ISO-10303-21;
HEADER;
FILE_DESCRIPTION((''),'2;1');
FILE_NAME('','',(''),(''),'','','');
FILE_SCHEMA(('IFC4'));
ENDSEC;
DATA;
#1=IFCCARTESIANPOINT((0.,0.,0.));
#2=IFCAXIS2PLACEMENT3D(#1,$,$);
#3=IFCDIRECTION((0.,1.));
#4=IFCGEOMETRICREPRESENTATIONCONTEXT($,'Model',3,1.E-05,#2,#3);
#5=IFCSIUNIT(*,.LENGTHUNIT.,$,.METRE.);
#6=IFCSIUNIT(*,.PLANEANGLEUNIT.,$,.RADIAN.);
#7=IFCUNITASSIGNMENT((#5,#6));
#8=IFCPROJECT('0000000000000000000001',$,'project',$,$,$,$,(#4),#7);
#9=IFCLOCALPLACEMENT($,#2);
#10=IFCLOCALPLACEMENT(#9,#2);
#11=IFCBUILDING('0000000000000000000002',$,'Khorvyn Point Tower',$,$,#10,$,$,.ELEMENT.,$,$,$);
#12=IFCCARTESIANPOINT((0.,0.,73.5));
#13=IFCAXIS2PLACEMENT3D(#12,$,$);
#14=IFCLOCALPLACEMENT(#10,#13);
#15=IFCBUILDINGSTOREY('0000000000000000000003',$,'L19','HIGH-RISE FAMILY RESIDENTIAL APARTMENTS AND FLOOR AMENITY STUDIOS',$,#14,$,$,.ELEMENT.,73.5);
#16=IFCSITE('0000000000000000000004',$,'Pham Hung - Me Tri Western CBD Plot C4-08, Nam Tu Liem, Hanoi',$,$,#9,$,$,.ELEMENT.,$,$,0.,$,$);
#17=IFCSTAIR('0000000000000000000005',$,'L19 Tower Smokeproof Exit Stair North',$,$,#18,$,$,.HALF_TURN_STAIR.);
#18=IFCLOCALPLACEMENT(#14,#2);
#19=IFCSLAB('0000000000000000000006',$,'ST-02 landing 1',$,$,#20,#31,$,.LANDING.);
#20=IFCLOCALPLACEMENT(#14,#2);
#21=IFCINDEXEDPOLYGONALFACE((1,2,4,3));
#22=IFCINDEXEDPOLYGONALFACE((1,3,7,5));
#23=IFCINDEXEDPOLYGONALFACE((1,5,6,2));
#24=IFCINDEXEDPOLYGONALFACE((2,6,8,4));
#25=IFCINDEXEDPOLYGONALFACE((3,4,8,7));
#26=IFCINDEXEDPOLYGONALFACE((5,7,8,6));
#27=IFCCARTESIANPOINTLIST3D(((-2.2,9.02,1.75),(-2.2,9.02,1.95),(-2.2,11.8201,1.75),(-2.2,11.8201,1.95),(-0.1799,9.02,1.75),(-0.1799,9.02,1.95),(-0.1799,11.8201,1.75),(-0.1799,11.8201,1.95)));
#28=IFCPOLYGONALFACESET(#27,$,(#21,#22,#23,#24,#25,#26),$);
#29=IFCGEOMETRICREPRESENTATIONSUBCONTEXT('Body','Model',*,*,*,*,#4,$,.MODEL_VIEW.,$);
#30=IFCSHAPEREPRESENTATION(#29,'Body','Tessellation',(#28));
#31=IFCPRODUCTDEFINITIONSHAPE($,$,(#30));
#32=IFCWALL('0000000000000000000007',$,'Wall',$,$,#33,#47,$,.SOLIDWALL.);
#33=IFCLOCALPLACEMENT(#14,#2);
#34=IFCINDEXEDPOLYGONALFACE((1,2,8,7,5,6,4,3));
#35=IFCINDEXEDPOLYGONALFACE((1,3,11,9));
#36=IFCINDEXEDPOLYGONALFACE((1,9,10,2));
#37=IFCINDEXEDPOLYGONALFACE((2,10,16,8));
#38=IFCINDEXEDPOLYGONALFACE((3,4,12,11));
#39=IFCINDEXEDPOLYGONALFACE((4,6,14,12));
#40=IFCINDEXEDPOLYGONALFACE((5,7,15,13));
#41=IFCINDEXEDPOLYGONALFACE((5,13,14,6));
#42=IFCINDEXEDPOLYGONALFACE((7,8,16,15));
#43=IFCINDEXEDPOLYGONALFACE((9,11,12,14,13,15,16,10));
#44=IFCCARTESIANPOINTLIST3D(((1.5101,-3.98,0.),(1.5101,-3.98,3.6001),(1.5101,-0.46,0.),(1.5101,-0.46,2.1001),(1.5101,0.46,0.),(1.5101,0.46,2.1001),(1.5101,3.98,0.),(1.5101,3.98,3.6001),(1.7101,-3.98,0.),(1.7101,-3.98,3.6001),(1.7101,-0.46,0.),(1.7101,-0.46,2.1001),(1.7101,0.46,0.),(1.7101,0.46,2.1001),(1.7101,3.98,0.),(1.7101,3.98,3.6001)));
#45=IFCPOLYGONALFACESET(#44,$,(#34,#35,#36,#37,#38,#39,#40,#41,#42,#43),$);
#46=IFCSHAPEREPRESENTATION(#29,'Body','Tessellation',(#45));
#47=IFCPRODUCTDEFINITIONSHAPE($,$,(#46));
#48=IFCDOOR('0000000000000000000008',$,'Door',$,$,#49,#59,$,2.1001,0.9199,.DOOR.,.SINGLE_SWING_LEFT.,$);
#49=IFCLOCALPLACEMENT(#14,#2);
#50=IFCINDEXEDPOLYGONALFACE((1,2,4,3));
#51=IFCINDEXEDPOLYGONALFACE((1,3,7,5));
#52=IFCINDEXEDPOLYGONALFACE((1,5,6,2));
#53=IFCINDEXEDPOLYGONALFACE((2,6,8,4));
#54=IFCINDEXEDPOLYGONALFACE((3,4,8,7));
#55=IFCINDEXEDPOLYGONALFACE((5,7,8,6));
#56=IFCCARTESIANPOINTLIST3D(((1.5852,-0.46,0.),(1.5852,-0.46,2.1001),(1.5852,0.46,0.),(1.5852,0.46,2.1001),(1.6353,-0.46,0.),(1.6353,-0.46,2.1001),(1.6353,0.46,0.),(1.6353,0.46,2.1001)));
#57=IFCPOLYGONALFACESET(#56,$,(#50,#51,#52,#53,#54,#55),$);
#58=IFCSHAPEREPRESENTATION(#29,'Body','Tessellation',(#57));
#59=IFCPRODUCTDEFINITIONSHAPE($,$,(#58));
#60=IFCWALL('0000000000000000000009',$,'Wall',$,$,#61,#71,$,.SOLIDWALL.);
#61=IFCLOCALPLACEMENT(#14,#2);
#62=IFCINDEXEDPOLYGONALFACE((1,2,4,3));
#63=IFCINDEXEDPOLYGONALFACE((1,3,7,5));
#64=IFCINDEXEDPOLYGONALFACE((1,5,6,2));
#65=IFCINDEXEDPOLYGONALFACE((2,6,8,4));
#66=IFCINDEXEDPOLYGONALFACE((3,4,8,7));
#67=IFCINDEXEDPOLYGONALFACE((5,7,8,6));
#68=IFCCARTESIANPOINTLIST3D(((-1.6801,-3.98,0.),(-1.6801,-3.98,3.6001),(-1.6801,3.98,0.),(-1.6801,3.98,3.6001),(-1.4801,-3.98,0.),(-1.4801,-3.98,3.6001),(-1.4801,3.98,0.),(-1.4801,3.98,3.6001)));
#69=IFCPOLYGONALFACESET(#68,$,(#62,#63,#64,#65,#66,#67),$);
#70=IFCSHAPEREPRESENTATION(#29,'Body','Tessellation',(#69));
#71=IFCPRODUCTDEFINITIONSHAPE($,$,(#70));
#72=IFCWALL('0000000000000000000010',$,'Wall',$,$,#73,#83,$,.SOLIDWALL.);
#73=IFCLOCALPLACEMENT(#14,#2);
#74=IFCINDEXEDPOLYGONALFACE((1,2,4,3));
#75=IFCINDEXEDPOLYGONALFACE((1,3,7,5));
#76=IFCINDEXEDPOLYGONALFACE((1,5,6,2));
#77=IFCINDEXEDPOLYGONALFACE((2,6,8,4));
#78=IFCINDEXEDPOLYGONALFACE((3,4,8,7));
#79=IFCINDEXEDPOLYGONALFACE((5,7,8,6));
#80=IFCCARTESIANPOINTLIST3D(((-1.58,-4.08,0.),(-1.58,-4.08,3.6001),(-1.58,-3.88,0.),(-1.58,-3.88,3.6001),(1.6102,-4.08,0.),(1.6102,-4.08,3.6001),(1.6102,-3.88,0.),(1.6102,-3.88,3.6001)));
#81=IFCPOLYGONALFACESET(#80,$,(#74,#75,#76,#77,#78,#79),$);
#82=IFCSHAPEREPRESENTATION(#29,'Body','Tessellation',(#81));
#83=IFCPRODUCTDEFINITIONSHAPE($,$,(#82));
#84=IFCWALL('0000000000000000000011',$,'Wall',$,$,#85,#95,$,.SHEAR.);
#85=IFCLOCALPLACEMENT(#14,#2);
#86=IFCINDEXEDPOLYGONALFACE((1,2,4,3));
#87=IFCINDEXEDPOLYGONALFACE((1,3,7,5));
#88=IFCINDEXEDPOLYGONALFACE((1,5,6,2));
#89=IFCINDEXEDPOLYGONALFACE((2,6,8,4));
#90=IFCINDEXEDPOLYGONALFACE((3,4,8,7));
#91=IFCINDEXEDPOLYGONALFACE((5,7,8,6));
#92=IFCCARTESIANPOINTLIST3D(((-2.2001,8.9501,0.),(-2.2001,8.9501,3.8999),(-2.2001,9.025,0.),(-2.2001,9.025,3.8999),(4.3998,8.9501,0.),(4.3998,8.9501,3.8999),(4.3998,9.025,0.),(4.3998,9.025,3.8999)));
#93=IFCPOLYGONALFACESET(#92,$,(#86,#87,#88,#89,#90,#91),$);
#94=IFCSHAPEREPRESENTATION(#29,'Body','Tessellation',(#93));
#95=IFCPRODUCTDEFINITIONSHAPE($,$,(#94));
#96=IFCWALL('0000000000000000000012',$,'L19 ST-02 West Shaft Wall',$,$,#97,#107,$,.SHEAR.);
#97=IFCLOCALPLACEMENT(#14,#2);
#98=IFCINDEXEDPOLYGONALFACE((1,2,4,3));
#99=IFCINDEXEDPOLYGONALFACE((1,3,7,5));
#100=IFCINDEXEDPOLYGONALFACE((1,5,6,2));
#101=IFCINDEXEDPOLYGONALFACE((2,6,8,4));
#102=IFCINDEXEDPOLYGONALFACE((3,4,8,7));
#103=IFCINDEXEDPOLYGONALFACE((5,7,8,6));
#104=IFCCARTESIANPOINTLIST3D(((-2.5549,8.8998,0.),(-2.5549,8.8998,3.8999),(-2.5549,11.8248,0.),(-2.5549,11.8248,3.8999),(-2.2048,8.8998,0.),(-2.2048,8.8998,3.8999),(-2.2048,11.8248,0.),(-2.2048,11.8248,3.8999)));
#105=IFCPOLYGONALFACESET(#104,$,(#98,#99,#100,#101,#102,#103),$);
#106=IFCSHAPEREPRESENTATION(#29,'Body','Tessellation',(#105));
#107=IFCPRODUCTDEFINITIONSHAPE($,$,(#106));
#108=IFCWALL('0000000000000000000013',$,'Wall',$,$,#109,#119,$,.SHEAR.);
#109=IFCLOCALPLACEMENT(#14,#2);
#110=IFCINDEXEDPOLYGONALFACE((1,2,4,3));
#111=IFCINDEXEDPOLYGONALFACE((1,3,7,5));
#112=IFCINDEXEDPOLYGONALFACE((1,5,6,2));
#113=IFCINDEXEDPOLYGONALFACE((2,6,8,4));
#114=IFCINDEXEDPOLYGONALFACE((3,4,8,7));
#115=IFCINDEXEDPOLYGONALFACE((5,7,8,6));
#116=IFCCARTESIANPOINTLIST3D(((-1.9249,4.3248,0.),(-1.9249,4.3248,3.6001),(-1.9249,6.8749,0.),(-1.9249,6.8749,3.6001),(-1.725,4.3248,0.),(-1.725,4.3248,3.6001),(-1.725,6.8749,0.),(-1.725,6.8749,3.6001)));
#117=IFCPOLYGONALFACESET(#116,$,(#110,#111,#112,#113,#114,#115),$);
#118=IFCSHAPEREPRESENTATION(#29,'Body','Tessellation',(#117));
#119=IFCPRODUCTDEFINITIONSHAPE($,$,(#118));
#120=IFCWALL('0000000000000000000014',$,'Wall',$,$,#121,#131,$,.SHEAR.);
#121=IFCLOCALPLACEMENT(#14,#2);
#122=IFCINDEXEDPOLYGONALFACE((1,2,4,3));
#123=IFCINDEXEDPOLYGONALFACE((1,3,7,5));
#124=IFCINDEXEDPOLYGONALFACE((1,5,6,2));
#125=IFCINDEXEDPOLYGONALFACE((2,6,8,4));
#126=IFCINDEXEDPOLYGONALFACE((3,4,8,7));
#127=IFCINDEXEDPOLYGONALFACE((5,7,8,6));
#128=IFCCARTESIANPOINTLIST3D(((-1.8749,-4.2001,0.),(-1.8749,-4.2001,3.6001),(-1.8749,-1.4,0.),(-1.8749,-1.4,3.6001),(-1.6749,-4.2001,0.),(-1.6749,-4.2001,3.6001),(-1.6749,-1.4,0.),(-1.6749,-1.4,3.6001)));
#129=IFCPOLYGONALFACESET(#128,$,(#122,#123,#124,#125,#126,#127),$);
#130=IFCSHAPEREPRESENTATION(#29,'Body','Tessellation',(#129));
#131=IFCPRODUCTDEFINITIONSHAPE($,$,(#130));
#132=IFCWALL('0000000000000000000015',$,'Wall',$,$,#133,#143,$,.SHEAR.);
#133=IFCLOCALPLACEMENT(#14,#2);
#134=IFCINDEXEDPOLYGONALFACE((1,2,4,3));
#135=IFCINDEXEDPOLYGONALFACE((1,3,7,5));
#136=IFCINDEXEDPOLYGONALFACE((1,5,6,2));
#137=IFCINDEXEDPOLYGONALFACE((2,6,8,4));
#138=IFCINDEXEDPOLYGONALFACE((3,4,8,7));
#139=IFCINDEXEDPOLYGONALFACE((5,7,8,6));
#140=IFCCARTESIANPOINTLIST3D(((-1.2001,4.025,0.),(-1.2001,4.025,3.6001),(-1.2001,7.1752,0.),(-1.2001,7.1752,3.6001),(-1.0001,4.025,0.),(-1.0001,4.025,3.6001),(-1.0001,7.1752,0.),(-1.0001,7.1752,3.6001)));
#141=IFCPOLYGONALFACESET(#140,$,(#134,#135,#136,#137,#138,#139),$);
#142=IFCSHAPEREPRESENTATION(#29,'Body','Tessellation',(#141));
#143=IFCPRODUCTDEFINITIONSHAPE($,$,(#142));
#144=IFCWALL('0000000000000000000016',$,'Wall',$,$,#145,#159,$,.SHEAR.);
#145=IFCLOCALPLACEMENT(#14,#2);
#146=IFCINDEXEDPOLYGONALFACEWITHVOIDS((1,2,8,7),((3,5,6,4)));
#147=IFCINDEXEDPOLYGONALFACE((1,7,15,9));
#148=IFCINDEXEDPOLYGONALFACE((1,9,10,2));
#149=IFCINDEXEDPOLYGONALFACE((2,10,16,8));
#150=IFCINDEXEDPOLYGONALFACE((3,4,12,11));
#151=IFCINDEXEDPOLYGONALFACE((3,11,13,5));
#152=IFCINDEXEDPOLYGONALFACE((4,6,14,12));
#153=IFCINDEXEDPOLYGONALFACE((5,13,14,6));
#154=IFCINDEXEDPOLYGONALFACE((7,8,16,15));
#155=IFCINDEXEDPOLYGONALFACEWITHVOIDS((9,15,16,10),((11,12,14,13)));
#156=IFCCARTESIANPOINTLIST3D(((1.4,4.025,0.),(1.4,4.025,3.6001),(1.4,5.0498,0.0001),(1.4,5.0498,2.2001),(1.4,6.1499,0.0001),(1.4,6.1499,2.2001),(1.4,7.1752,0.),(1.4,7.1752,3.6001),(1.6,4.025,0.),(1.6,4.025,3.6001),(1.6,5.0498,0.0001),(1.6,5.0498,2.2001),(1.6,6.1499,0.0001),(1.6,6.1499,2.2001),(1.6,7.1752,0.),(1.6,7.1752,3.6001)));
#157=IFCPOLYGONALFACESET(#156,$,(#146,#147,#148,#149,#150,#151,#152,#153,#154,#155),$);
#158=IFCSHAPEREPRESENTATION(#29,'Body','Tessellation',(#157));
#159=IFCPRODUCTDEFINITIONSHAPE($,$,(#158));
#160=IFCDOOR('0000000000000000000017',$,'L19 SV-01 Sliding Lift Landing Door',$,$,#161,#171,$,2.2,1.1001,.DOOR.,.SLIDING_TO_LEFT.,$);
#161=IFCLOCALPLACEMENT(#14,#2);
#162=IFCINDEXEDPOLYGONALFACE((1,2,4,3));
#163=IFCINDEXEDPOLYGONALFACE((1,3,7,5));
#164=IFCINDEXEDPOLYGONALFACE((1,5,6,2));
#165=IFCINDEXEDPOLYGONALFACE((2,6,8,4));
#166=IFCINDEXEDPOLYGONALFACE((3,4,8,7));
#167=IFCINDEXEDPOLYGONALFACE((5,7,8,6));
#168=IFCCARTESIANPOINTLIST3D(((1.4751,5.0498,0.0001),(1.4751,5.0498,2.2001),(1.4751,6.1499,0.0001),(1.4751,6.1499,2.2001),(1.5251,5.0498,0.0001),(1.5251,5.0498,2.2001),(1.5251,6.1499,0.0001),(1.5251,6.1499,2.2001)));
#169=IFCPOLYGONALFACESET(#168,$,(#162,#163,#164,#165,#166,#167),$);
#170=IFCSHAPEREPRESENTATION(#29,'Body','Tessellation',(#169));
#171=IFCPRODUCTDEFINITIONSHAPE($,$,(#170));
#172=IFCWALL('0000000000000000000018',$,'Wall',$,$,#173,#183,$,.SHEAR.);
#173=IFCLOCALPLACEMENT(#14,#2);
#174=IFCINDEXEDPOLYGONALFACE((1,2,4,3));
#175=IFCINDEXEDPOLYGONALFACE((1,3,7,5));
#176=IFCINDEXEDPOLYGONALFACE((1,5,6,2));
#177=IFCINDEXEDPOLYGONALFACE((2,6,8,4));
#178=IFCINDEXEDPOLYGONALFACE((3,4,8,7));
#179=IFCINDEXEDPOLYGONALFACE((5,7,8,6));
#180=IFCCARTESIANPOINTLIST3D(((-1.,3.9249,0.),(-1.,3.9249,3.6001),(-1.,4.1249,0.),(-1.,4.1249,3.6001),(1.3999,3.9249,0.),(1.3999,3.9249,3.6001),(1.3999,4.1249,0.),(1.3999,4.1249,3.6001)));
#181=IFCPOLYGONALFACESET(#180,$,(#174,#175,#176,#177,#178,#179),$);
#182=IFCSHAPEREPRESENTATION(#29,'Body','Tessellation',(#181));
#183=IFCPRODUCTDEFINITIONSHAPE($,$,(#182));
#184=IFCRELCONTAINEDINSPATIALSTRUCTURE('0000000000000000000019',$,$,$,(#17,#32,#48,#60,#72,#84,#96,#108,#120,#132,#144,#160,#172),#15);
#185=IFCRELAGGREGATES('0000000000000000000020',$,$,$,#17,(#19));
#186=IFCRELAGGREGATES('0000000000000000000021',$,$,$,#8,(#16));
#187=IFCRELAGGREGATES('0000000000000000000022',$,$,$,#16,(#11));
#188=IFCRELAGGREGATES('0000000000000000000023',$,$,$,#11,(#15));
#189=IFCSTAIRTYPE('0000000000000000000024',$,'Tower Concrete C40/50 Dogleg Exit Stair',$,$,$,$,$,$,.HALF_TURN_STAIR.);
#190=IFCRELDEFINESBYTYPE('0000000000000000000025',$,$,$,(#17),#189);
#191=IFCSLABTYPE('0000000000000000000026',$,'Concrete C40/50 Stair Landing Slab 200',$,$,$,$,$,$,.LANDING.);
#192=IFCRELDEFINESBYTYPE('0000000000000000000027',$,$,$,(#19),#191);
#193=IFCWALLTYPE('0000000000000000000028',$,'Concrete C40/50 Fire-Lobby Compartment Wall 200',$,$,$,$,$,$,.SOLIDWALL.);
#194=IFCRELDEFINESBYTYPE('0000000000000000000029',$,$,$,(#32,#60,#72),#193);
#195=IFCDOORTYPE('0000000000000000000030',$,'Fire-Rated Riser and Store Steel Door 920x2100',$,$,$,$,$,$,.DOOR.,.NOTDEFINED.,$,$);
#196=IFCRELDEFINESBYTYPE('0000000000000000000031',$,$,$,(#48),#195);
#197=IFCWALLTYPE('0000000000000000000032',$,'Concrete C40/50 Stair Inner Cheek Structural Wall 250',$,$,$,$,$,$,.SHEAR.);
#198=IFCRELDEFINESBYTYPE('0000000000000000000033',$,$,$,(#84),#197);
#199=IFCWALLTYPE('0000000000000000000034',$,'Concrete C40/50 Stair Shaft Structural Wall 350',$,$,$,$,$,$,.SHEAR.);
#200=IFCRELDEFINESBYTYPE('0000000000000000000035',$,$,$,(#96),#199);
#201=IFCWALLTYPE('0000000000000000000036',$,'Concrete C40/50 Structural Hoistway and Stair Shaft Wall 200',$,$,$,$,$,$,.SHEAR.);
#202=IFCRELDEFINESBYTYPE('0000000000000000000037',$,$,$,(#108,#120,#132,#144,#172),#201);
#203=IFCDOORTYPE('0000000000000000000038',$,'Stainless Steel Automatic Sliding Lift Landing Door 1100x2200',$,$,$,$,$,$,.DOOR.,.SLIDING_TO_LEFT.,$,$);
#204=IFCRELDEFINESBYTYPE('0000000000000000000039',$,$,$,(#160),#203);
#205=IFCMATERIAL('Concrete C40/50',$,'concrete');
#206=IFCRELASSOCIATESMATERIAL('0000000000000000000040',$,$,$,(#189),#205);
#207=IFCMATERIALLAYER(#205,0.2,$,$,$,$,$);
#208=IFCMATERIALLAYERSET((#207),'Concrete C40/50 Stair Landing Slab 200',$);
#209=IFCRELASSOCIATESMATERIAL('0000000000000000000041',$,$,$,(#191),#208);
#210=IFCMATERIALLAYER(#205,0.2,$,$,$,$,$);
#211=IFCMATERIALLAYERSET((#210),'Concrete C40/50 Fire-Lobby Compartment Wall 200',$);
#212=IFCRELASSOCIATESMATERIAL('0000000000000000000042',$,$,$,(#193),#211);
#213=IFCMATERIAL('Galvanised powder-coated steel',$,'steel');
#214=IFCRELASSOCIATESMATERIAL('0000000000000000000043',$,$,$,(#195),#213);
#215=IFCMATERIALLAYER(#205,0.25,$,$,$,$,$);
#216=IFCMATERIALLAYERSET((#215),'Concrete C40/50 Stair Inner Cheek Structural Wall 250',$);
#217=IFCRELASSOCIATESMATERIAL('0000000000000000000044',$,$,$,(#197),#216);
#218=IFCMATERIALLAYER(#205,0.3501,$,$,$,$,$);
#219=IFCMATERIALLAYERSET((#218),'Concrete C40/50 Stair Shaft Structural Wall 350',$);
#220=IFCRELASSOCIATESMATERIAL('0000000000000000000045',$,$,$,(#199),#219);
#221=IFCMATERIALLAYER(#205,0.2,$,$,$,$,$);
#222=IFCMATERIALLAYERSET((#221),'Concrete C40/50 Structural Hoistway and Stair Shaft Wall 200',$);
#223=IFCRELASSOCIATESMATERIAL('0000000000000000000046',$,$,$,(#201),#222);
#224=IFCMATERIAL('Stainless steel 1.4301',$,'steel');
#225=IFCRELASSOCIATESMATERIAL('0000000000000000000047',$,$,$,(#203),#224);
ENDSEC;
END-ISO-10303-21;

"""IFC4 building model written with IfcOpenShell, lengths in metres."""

from ifc_helpers import new_model, si_unit, direction, frame, frame_2d, origin, place, context, subcontext, project, spatial, polyline, rectangle, outline, extrude, material, layer, layer_set, type_object, element, fill, aggregate, save


model = new_model("IFC4")

# Units and contexts
model_context = context("Model", 3, precision=1e-05, world=origin(), true_north=direction((0.0, 1.0)))
body_context = subcontext(model_context, "Body", "Model", "MODEL_VIEW")
ifc_project = project(units=[si_unit("LENGTHUNIT", "METRE"), si_unit("PLANEANGLEUNIT", "RADIAN")], contexts=[model_context])

# Site, building, storey
site_placement = place(None, origin())
site = spatial("IfcSite", under=ifc_project, at=site_placement, Name="Pham Hung - Me Tri Western CBD Plot C4-08, Nam Tu Liem, Hanoi", CompositionType="ELEMENT", RefElevation=0.0)
building_placement = place(site_placement, origin())
building = spatial("IfcBuilding", under=site, at=building_placement, Name="Khorvyn Point Tower", CompositionType="ELEMENT")
storey_placement = place(building_placement, frame((0.0, 0.0, 73.5)))
storey = spatial("IfcBuildingStorey", under=building, at=storey_placement, Name="L19", Description="HIGH-RISE FAMILY RESIDENTIAL APARTMENTS AND FLOOR AMENITY STUDIOS", CompositionType="ELEMENT", Elevation=73.5)

# Shared definitions
ifc_material_1 = material(Name="Concrete C40/50", Category="concrete")

# Stair, slab
stair_type = type_object("IfcStairType", Name="Tower Concrete C40/50 Dogleg Exit Stair", PredefinedType="HALF_TURN_STAIR", material=ifc_material_1)
ifc_layer_1 = layer(ifc_material_1, 0.2)
ifc_layer_set_1 = layer_set([ifc_layer_1], Name="Concrete C40/50 Stair Landing Slab 200")
slab_type_1 = type_object("IfcSlabType", Name="Concrete C40/50 Stair Landing Slab 200", PredefinedType="LANDING", material=ifc_layer_set_1)
stair_1_placement = place(storey_placement, origin())
stair_1 = element("IfcStair", 1, at=stair_1_placement, inside=storey, type_object=stair_type, Name="L19 Tower Smokeproof Exit Stair North", PredefinedType="HALF_TURN_STAIR")
slab_1_placement = place(storey_placement, frame((0.0, 0.0, 1.75)))
slab_1 = element("IfcSlab", 2, at=slab_1_placement, type_object=slab_type_1, Name="ST-02 landing 1", PredefinedType="LANDING", context=body_context, shape_type="SweptSolid", body=[
    extrude(outline(polyline([(-0.1799, 11.8201), (-2.2, 11.8201), (-2.2, 9.02), (-0.1799, 9.02), (-0.1799, 11.8201)])), origin(), (0.0, 0.0, 1.0), 0.2),
])

# Wall, opening, door
ifc_layer_2 = layer(ifc_material_1, 0.2)
ifc_layer_set_2 = layer_set([ifc_layer_2], Name="Concrete C40/50 Fire-Lobby Compartment Wall 200")
wall_type_1 = type_object("IfcWallType", Name="Concrete C40/50 Fire-Lobby Compartment Wall 200", PredefinedType="SOLIDWALL", material=ifc_layer_set_2)
wall_1_placement = place(storey_placement, frame((1.6101, -3.98, 0.0), z_axis=(0.0, 0.0, 1.0), x_axis=(0.0, 1.0, 0.0)))
wall_1 = element("IfcWall", 3, at=wall_1_placement, inside=storey, type_object=wall_type_1, Name="Wall", PredefinedType="SOLIDWALL", context=body_context, shape_type="SweptSolid", body=[
    extrude(rectangle(XDim=7.96, YDim=0.2, at=frame_2d((3.98, 0.0))), origin(), (0.0, 0.0, 1.0), 3.6001),
])
opening_1_placement = place(wall_1_placement, frame((3.52, 0.0, 0.0)))
opening_1 = element("IfcOpeningElement", 4, at=opening_1_placement, cuts=wall_1, PredefinedType="OPENING", context=body_context, shape_type="SweptSolid", body=[
    extrude(rectangle(XDim=0.9199, YDim=2.1001, at=frame_2d((0.46, 1.05))), frame((0.0, 0.1099, 0.0), z_axis=(0.0, -1.0, 0.0), x_axis=(1.0, 0.0, 0.0)), (0.0, 0.0, 1.0), 0.22),
])
ifc_material_2 = material(Name="Galvanised powder-coated steel", Category="steel")
door_type_1 = type_object("IfcDoorType", Name="Fire-Rated Riser and Store Steel Door 920x2100", OperationType="NOTDEFINED", PredefinedType="DOOR", material=ifc_material_2)
door_1_placement = place(opening_1_placement, origin())
door_1 = element("IfcDoor", 5, at=door_1_placement, inside=storey, type_object=door_type_1, Name="Door", OperationType="SINGLE_SWING_LEFT", OverallHeight=2.1001, OverallWidth=0.9199, PredefinedType="DOOR", context=body_context, shape_type="SweptSolid", body=[
    extrude(rectangle(XDim=0.9199, YDim=2.1001, at=frame_2d((0.46, 1.05))), frame((0.0, 0.0249, 0.0), z_axis=(0.0, -1.0, 0.0), x_axis=(1.0, 0.0, 0.0)), (0.0, 0.0, 1.0), 0.05),
])
fill(opening_1, door_1)

# Walls
wall_2_placement = place(storey_placement, frame((-1.5801, -3.98, 0.0), z_axis=(0.0, 0.0, 1.0), x_axis=(0.0, 1.0, 0.0)))
element("IfcWall", 6, at=wall_2_placement, inside=storey, type_object=wall_type_1, Name="Wall", PredefinedType="SOLIDWALL", context=body_context, shape_type="SweptSolid", body=[
    extrude(rectangle(XDim=7.96, YDim=0.2, at=frame_2d((3.98, 0.0))), origin(), (0.0, 0.0, 1.0), 3.6001),
])
wall_3_placement = place(storey_placement, frame((-1.5801, -3.98, 0.0), z_axis=(0.0, 0.0, 1.0), x_axis=(1.0, 0.0, 0.0)))
element("IfcWall", 7, at=wall_3_placement, inside=storey, type_object=wall_type_1, Name="Wall", PredefinedType="SOLIDWALL", context=body_context, shape_type="SweptSolid", body=[
    extrude(rectangle(XDim=3.1902, YDim=0.2, at=frame_2d((1.5952, 0.0))), origin(), (0.0, 0.0, 1.0), 3.6001),
])
ifc_layer_3 = layer(ifc_material_1, 0.25)
ifc_layer_set_3 = layer_set([ifc_layer_3], Name="Concrete C40/50 Stair Inner Cheek Structural Wall 250")
wall_type_2 = type_object("IfcWallType", Name="Concrete C40/50 Stair Inner Cheek Structural Wall 250", PredefinedType="SHEAR", material=ifc_layer_set_3)
wall_4_placement = place(storey_placement, frame((-2.2, 8.9875, 0.0), z_axis=(0.0, 0.0, 1.0), x_axis=(1.0, 0.0, 0.0)))
element("IfcWall", 8, at=wall_4_placement, inside=storey, type_object=wall_type_2, Name="Wall", PredefinedType="SHEAR", context=body_context, shape_type="SweptSolid", body=[
    extrude(rectangle(XDim=6.5999, YDim=0.075, at=frame_2d((3.2998, 0.0))), origin(), (0.0, 0.0, 1.0), 3.8999),
])
ifc_layer_4 = layer(ifc_material_1, 0.3501)
ifc_layer_set_4 = layer_set([ifc_layer_4], Name="Concrete C40/50 Stair Shaft Structural Wall 350")
wall_type_3 = type_object("IfcWallType", Name="Concrete C40/50 Stair Shaft Structural Wall 350", PredefinedType="SHEAR", material=ifc_layer_set_4)
wall_5_placement = place(storey_placement, frame((-2.3799, 8.8999, 0.0), z_axis=(0.0, 0.0, 1.0), x_axis=(0.0, 1.0, 0.0)))
element("IfcWall", 9, at=wall_5_placement, inside=storey, type_object=wall_type_3, Name="L19 ST-02 West Shaft Wall", PredefinedType="SHEAR", context=body_context, shape_type="SweptSolid", body=[
    extrude(rectangle(XDim=2.925, YDim=0.3501, at=frame_2d((1.4624, 0.0))), origin(), (0.0, 0.0, 1.0), 3.8999),
])
ifc_layer_5 = layer(ifc_material_1, 0.2)
ifc_layer_set_5 = layer_set([ifc_layer_5], Name="Concrete C40/50 Structural Hoistway and Stair Shaft Wall 200")
wall_type_4 = type_object("IfcWallType", Name="Concrete C40/50 Structural Hoistway and Stair Shaft Wall 200", PredefinedType="SHEAR", material=ifc_layer_set_5)
wall_6_placement = place(storey_placement, frame((-1.825, 4.325, 0.0), z_axis=(0.0, 0.0, 1.0), x_axis=(0.0, 1.0, 0.0)))
element("IfcWall", 10, at=wall_6_placement, inside=storey, type_object=wall_type_4, Name="Wall", PredefinedType="SHEAR", context=body_context, shape_type="SweptSolid", body=[
    extrude(rectangle(XDim=2.55, YDim=0.2, at=frame_2d((1.2749, 0.0))), origin(), (0.0, 0.0, 1.0), 3.6001),
])
wall_7_placement = place(storey_placement, frame((-1.7749, -4.2, 0.0), z_axis=(0.0, 0.0, 1.0), x_axis=(0.0, 1.0, 0.0)))
element("IfcWall", 11, at=wall_7_placement, inside=storey, type_object=wall_type_4, Name="Wall", PredefinedType="SHEAR", context=body_context, shape_type="SweptSolid", body=[
    extrude(rectangle(XDim=2.8, YDim=0.2, at=frame_2d((1.3999, 0.0))), origin(), (0.0, 0.0, 1.0), 3.6001),
])
wall_8_placement = place(storey_placement, frame((-1.1001, 4.0249, 0.0), z_axis=(0.0, 0.0, 1.0), x_axis=(0.0, 1.0, 0.0)))
element("IfcWall", 12, at=wall_8_placement, inside=storey, type_object=wall_type_4, Name="Wall", PredefinedType="SHEAR", context=body_context, shape_type="SweptSolid", body=[
    extrude(rectangle(XDim=3.1501, YDim=0.2, at=frame_2d((1.5752, 0.0))), origin(), (0.0, 0.0, 1.0), 3.6001),
])

# Wall, opening, door
wall_9_placement = place(storey_placement, frame((1.5, 4.0249, 0.0), z_axis=(0.0, 0.0, 1.0), x_axis=(0.0, 1.0, 0.0)))
wall_9 = element("IfcWall", 13, at=wall_9_placement, inside=storey, type_object=wall_type_4, Name="Wall", PredefinedType="SHEAR", context=body_context, shape_type="SweptSolid", body=[
    extrude(rectangle(XDim=3.1501, YDim=0.2, at=frame_2d((1.5752, 0.0))), origin(), (0.0, 0.0, 1.0), 3.6001),
])
opening_2_placement = place(wall_9_placement, frame((1.0249, 0.0, 0.0)))
opening_2 = element("IfcOpeningElement", 14, at=opening_2_placement, cuts=wall_9, PredefinedType="OPENING", context=body_context, shape_type="SweptSolid", body=[
    extrude(rectangle(XDim=1.1001, YDim=2.2, at=frame_2d((0.55, 1.1001))), frame((0.0, 0.1099, 0.0), z_axis=(0.0, -1.0, 0.0), x_axis=(1.0, 0.0, 0.0)), (0.0, 0.0, 1.0), 0.22),
])
ifc_material_3 = material(Name="Stainless steel 1.4301", Category="steel")
door_type_2 = type_object("IfcDoorType", Name="Stainless Steel Automatic Sliding Lift Landing Door 1100x2200", OperationType="SLIDING_TO_LEFT", PredefinedType="DOOR", material=ifc_material_3)
door_2_placement = place(opening_2_placement, origin())
door_2 = element("IfcDoor", 15, at=door_2_placement, inside=storey, type_object=door_type_2, Name="L19 SV-01 Sliding Lift Landing Door", OperationType="SLIDING_TO_LEFT", OverallHeight=2.2, OverallWidth=1.1001, PredefinedType="DOOR", context=body_context, shape_type="SweptSolid", body=[
    extrude(rectangle(XDim=1.1001, YDim=2.2, at=frame_2d((0.55, 1.1001))), frame((0.0, 0.0249, 0.0), z_axis=(0.0, -1.0, 0.0), x_axis=(1.0, 0.0, 0.0)), (0.0, 0.0, 1.0), 0.05),
])
fill(opening_2, door_2)

# Wall
for number, where, z_axis, x_axis, name in (
    (16, (-1.0, 4.0249, 0.0), (0.0, 0.0, 1.0), (1.0, 0.0, 0.0), "Wall"),
):
    element("IfcWall", number, at=place(storey_placement, frame(where, z_axis=z_axis, x_axis=x_axis)), inside=storey, type_object=wall_type_4, Name=name, PredefinedType="SHEAR", context=body_context, shape_type="SweptSolid", body=[
        extrude(rectangle(XDim=2.3999, YDim=0.2, at=frame_2d((1.2, 0.0))), origin(), (0.0, 0.0, 1.0), 3.6001),
    ])

aggregate(stair_1, [slab_1])

save(model, "model.ifc")
